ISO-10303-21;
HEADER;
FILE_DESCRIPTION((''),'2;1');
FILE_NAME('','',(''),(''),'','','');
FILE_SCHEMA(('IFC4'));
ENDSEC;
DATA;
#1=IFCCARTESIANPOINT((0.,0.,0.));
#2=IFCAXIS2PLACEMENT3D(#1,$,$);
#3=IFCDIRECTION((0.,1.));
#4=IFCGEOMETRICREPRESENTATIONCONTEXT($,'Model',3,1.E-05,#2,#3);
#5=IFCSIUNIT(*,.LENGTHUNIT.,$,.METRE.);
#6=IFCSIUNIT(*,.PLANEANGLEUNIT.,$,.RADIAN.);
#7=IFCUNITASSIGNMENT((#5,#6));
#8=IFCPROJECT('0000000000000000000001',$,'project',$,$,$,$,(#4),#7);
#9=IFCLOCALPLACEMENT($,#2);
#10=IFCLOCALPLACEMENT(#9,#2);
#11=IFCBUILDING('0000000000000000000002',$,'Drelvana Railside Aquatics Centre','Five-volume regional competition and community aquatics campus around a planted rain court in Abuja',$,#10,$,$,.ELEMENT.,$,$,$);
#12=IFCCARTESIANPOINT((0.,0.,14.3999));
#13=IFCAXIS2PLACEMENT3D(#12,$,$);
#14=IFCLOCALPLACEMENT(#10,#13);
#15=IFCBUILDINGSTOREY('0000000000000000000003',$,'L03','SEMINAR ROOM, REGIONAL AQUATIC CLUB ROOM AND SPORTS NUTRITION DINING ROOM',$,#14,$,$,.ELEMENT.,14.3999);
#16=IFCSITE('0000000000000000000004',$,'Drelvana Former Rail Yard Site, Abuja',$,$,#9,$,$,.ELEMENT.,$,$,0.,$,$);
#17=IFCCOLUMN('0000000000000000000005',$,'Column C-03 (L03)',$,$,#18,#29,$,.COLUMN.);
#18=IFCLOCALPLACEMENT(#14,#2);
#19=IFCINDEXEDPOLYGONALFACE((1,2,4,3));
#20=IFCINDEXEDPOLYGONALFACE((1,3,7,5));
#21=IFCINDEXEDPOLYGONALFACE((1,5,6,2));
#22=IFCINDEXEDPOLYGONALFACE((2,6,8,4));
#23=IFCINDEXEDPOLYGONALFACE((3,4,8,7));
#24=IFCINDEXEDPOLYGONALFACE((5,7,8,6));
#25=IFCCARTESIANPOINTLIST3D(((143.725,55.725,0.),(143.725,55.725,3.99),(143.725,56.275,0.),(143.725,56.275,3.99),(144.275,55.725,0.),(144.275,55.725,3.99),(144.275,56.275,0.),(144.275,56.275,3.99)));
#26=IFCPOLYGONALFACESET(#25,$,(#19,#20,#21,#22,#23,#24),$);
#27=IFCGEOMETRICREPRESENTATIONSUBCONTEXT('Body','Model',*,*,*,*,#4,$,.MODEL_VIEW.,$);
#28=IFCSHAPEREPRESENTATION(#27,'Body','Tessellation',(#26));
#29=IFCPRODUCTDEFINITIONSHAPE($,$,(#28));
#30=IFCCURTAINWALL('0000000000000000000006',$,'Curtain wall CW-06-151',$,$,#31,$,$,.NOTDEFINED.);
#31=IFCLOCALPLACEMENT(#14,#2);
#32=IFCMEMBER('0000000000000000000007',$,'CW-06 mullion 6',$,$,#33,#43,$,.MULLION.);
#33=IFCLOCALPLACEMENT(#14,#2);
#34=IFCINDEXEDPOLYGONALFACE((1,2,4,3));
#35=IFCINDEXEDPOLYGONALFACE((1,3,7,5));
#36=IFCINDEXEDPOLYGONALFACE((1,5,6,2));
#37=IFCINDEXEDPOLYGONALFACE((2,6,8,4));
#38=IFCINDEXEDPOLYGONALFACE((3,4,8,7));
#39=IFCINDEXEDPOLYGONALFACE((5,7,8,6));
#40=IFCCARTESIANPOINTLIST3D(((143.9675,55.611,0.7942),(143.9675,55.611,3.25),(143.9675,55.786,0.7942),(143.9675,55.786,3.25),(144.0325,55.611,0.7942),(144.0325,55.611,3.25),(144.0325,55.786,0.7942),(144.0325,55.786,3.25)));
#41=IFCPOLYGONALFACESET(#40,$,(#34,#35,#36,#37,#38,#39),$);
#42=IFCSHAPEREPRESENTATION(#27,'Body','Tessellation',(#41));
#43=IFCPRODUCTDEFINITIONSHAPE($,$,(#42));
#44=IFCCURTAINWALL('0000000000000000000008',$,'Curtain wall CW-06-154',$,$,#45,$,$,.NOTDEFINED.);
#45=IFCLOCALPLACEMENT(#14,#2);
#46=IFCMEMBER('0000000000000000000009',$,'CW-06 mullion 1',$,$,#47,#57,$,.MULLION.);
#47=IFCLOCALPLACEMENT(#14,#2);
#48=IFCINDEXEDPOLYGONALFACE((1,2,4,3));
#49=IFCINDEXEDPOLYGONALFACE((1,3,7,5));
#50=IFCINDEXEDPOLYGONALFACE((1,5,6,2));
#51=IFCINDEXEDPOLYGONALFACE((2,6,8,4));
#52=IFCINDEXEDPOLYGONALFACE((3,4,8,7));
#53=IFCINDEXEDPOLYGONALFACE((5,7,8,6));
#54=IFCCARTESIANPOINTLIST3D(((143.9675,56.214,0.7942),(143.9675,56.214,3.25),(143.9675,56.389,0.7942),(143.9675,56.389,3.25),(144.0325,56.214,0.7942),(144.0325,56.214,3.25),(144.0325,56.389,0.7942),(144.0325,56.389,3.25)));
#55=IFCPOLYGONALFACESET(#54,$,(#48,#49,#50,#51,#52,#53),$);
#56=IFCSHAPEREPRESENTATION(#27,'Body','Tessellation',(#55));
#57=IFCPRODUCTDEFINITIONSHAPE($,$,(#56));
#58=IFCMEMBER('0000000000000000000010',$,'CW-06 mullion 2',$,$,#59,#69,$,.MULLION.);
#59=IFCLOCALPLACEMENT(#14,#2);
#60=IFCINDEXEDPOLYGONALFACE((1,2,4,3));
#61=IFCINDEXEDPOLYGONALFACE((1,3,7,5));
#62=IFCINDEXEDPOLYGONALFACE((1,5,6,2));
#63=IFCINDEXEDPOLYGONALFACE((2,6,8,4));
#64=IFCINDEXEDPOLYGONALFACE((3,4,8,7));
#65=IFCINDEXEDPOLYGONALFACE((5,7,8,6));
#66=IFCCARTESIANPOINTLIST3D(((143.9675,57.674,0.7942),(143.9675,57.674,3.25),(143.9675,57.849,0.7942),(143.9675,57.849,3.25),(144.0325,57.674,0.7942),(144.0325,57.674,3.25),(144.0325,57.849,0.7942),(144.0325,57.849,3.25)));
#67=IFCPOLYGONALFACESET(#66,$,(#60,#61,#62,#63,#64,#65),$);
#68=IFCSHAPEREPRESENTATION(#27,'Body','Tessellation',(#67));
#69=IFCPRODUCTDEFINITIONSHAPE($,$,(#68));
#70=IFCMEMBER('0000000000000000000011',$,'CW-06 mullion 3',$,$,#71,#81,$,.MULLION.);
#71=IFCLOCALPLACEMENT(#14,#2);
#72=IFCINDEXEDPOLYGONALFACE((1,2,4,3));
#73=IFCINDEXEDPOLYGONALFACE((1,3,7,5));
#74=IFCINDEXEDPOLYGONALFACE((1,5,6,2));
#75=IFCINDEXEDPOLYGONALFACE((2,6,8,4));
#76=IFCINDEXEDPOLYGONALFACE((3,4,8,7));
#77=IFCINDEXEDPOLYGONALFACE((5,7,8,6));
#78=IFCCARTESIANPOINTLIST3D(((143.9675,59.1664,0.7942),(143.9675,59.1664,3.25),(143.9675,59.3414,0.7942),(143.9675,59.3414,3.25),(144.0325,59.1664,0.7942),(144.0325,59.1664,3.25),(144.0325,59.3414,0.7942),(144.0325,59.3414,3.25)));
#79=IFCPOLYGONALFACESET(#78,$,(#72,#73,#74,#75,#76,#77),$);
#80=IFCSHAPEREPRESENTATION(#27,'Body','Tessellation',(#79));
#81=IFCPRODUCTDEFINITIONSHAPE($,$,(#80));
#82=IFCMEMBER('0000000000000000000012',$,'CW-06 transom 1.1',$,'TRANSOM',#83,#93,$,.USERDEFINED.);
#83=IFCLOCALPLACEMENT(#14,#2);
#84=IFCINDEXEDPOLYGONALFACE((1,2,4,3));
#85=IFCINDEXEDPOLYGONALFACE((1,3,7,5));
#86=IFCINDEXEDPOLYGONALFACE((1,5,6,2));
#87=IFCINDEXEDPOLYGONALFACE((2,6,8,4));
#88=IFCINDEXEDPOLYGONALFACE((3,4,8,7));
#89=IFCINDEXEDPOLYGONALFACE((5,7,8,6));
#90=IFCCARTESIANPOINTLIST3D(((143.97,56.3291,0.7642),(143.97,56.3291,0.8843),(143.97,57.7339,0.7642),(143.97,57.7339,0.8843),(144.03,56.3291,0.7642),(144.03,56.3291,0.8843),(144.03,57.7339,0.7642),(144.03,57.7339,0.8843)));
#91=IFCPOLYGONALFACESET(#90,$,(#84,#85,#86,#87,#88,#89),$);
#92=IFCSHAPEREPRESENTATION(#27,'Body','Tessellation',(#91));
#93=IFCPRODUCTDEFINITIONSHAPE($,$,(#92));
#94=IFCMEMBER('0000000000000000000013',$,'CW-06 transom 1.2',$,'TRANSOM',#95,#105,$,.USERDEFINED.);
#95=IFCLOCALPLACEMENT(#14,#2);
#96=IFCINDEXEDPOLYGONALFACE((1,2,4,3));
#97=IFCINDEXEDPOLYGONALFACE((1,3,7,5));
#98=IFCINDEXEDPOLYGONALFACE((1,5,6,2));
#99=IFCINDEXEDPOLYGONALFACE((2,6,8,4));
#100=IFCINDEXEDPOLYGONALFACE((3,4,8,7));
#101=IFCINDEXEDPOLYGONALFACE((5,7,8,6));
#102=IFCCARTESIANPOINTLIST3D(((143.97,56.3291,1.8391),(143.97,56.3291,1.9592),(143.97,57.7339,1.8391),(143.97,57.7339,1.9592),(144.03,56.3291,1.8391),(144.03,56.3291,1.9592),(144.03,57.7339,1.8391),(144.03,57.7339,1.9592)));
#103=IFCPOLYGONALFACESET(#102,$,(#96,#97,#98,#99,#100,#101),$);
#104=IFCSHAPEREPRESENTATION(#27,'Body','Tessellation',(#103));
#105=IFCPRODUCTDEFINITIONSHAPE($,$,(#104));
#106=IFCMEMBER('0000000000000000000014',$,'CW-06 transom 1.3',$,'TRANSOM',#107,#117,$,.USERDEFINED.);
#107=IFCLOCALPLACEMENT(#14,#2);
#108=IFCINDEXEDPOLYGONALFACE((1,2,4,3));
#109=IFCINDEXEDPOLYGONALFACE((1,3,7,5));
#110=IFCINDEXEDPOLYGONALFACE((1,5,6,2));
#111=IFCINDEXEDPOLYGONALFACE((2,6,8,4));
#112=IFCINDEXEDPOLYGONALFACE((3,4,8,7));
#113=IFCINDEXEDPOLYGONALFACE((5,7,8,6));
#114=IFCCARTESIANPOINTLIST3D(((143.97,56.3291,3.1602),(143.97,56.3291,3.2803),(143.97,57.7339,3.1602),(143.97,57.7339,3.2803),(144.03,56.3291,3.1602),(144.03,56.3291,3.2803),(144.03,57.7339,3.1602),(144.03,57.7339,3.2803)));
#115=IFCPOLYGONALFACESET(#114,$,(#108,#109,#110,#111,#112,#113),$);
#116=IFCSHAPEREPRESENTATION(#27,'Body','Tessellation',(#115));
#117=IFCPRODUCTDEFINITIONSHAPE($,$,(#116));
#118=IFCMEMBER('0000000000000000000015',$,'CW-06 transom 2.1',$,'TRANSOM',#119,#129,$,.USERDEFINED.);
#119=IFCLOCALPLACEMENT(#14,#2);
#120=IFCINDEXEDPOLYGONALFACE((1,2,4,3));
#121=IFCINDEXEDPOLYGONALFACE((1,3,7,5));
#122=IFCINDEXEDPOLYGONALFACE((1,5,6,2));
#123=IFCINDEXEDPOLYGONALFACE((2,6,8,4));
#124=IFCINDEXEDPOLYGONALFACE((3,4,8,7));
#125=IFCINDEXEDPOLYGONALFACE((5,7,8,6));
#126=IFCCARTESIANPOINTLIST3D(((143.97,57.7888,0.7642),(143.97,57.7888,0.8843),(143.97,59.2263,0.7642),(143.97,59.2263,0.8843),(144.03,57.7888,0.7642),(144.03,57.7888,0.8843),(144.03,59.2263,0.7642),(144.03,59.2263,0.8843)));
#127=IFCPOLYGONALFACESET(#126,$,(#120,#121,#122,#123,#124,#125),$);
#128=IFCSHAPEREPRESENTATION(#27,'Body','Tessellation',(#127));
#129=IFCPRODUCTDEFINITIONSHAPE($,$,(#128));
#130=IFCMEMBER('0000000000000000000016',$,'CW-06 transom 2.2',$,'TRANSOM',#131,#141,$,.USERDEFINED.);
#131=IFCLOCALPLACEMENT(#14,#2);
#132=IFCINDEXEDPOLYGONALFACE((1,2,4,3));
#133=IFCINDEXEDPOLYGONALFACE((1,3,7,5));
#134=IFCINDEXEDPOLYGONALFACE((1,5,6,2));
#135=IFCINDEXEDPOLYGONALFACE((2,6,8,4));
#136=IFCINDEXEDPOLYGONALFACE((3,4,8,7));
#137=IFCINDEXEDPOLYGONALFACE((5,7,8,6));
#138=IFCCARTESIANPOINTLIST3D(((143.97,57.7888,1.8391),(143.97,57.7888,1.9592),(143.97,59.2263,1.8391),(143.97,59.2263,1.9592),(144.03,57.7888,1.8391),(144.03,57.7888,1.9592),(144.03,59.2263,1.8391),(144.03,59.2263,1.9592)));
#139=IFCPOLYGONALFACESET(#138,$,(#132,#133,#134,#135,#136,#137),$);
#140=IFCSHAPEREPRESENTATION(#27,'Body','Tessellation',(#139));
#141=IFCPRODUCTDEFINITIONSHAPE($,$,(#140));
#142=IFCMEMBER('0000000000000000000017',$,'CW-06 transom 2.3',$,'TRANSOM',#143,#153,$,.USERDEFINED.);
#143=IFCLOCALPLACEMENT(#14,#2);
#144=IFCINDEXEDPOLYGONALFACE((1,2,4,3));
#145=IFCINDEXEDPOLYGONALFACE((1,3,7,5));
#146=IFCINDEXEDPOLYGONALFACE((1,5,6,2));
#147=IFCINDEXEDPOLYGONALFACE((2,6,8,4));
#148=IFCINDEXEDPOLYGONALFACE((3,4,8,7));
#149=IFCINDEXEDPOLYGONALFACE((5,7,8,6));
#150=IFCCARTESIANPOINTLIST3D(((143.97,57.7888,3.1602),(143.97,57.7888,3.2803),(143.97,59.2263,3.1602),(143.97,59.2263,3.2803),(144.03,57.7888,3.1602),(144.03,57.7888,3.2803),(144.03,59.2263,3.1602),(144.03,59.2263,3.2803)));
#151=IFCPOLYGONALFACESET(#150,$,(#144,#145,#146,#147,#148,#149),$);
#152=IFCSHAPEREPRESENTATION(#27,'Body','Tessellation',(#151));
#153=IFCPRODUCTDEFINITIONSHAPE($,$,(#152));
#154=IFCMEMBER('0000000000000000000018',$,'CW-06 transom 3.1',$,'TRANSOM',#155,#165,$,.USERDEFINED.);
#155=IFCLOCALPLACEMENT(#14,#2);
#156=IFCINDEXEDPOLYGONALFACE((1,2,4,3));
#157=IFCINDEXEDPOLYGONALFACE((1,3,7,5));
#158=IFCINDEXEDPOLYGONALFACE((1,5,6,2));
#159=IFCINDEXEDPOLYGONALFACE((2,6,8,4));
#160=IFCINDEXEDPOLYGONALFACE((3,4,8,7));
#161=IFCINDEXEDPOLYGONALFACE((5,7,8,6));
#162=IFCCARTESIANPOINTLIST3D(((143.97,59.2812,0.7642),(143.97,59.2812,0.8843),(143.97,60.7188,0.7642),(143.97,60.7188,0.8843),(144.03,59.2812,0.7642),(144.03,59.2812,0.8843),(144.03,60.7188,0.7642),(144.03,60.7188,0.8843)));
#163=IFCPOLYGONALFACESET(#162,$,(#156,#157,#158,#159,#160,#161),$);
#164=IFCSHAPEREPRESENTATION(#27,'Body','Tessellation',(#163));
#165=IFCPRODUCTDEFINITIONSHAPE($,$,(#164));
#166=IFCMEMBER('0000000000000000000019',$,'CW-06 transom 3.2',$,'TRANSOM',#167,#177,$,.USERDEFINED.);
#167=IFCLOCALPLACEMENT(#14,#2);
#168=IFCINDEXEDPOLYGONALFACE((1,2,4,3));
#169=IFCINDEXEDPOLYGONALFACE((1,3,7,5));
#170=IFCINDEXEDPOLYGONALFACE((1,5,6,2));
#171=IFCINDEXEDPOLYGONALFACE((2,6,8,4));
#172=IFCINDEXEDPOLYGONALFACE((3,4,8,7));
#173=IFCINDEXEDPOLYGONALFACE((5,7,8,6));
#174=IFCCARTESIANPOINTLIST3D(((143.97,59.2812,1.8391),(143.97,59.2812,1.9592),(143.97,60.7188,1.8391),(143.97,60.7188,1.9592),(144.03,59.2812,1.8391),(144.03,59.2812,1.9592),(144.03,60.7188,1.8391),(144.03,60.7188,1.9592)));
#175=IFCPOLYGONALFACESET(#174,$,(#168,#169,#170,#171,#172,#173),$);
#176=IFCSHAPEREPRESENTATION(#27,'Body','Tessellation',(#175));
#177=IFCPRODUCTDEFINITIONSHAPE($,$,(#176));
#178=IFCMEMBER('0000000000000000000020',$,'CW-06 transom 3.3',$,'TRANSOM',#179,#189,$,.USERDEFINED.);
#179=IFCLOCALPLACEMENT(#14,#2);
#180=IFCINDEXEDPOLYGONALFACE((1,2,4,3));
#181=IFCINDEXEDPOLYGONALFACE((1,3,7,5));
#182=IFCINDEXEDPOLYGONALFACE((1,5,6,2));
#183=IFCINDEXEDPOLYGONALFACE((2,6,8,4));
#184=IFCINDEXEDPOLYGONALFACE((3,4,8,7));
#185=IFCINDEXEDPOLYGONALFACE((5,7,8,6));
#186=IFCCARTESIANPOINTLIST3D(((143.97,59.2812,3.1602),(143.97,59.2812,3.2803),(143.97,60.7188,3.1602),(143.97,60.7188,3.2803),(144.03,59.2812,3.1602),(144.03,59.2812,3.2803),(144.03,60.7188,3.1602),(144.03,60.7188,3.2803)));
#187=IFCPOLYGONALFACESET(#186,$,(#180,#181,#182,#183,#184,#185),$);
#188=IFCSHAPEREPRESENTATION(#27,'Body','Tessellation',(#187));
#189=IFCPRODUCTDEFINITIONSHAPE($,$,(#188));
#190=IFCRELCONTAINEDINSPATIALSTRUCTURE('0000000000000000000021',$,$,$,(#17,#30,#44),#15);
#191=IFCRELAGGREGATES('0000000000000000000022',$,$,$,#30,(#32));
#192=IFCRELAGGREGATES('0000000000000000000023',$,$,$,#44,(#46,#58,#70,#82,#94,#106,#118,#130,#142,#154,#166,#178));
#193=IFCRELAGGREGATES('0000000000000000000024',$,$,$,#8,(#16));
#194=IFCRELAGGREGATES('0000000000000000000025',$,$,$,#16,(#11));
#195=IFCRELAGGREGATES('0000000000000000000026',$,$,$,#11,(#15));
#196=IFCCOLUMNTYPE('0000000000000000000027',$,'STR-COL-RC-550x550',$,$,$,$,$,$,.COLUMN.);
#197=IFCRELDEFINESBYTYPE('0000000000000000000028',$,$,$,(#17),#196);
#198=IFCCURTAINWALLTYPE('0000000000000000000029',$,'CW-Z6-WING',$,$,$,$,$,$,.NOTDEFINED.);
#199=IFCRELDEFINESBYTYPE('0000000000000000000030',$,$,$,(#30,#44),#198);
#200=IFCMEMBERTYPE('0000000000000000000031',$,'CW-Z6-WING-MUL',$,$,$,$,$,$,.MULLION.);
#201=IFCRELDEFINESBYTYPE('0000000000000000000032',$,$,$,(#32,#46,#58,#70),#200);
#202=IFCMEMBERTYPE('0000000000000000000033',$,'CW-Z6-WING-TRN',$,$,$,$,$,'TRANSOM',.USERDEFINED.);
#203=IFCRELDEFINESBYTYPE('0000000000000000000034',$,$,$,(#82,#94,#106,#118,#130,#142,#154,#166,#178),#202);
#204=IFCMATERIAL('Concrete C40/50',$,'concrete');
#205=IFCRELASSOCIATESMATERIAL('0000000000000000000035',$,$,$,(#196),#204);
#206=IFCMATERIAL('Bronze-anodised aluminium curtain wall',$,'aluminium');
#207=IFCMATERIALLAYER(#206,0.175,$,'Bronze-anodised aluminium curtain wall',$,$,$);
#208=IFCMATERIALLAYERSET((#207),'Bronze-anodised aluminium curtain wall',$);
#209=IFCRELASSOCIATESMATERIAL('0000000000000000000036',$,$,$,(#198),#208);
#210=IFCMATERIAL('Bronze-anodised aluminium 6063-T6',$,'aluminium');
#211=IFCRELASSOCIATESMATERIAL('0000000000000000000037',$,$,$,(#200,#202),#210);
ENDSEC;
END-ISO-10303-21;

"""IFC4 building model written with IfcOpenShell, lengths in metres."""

from ifc_helpers import new_model, si_unit, direction, frame, origin, origin_2d, place, context, subcontext, project, spatial, rectangle, extrude, material, layer, layer_set, material_profile, profile_set, type_object, element, aggregate, save


model = new_model("IFC4")

# Units and contexts
model_context = context("Model", 3, precision=1e-05, world=origin(), true_north=direction((0.0, 1.0)))
body_context = subcontext(model_context, "Body", "Model", "MODEL_VIEW")
ifc_project = project(units=[si_unit("LENGTHUNIT", "METRE"), si_unit("PLANEANGLEUNIT", "RADIAN")], contexts=[model_context])

# Site, building, storey
site_placement = place(None, origin())
site = spatial("IfcSite", under=ifc_project, at=site_placement, Name="Drelvana Former Rail Yard Site, Abuja", CompositionType="ELEMENT", RefElevation=0.0)
building_placement = place(site_placement, origin())
building = spatial("IfcBuilding", under=site, at=building_placement, Name="Drelvana Railside Aquatics Centre", Description="Five-volume regional competition and community aquatics campus around a planted rain court in Abuja", CompositionType="ELEMENT")
storey_placement = place(building_placement, frame((0.0, 0.0, 14.3999)))
storey = spatial("IfcBuildingStorey", under=building, at=storey_placement, Name="L03", Description="SEMINAR ROOM, REGIONAL AQUATIC CLUB ROOM AND SPORTS NUTRITION DINING ROOM", CompositionType="ELEMENT", Elevation=14.3999)

# Column
ifc_material_1 = material(Name="Concrete C40/50", Category="concrete")
ifc_material_profile_1 = material_profile(ifc_material_1, rectangle(XDim=0.55, YDim=0.55, at=origin_2d()), Name="RC 550x550")
ifc_profile_set_1 = profile_set([ifc_material_profile_1], Name="Concrete C40/50")
column_type = type_object("IfcColumnType", Name="STR-COL-RC-550x550", PredefinedType="COLUMN", material=ifc_profile_set_1)
column_placement = place(storey_placement, frame((144.0, 56.0, 0.0), z_axis=(0.0, 0.0, 1.0), x_axis=(1.0, 0.0, 0.0)))
element("IfcColumn", 1, at=column_placement, inside=storey, type_object=column_type, Name="Column C-03 (L03)", PredefinedType="COLUMN", context=body_context, shape_type="SweptSolid", body=[
    extrude(rectangle(XDim=0.55, YDim=0.55, at=origin_2d()), origin(), (0.0, 0.0, 1.0), 3.99),
])

# Curtain wall, member
ifc_material_2 = material(Name="Bronze-anodised aluminium curtain wall", Category="aluminium")
ifc_layer_1 = layer(ifc_material_2, 0.175, Name="Bronze-anodised aluminium curtain wall")
ifc_layer_set_1 = layer_set([ifc_layer_1], Name="Bronze-anodised aluminium curtain wall")
curtain_wall_type = type_object("IfcCurtainWallType", Name="CW-Z6-WING", PredefinedType="NOTDEFINED", material=ifc_layer_set_1)
curtain_wall_1_placement = place(storey_placement, origin())
curtain_wall_1 = element("IfcCurtainWall", 2, at=curtain_wall_1_placement, inside=storey, type_object=curtain_wall_type, Name="Curtain wall CW-06-151", PredefinedType="NOTDEFINED")
ifc_material_3 = material(Name="Bronze-anodised aluminium 6063-T6", Category="aluminium")
ifc_material_profile_2 = material_profile(ifc_material_3, rectangle(XDim=0.0649, YDim=0.175, at=origin_2d()), Name="ALU-M 65x175")
ifc_profile_set_2 = profile_set([ifc_material_profile_2], Name="Bronze-anodised aluminium 6063-T6")
member_type_1 = type_object("IfcMemberType", Name="CW-Z6-WING-MUL", PredefinedType="MULLION", material=ifc_profile_set_2)
member_1_placement = place(storey_placement, frame((144.0, 55.6985, 0.7942), z_axis=(0.0, 0.0, 1.0), x_axis=(-1.0, 0.0, 0.0)))
member_1 = element("IfcMember", 3, at=member_1_placement, type_object=member_type_1, Name="CW-06 mullion 6", PredefinedType="MULLION", context=body_context, shape_type="SweptSolid", body=[
    extrude(rectangle(XDim=0.0649, YDim=0.175, at=origin_2d()), origin(), (0.0, 0.0, 1.0), 2.4558),
])
aggregate(curtain_wall_1, [member_1])

# Curtain wall, members
curtain_wall_2_placement = place(storey_placement, origin())
curtain_wall_2 = element("IfcCurtainWall", 4, at=curtain_wall_2_placement, inside=storey, type_object=curtain_wall_type, Name="Curtain wall CW-06-154", PredefinedType="NOTDEFINED")
member_2_placement = place(storey_placement, frame((144.0, 56.3015, 0.7942), z_axis=(0.0, 0.0, 1.0), x_axis=(-1.0, 0.0, 0.0)))
member_2 = element("IfcMember", 5, at=member_2_placement, type_object=member_type_1, Name="CW-06 mullion 1", PredefinedType="MULLION", context=body_context, shape_type="SweptSolid", body=[
    extrude(rectangle(XDim=0.0649, YDim=0.175, at=origin_2d()), origin(), (0.0, 0.0, 1.0), 2.4558),
])
member_3_placement = place(storey_placement, frame((144.0, 57.7615, 0.7942), z_axis=(0.0, 0.0, 1.0), x_axis=(-1.0, 0.0, 0.0)))
member_3 = element("IfcMember", 6, at=member_3_placement, type_object=member_type_1, Name="CW-06 mullion 2", PredefinedType="MULLION", context=body_context, shape_type="SweptSolid", body=[
    extrude(rectangle(XDim=0.0649, YDim=0.175, at=origin_2d()), origin(), (0.0, 0.0, 1.0), 2.4558),
])
member_4_placement = place(storey_placement, frame((144.0, 59.2539, 0.7942), z_axis=(0.0, 0.0, 1.0), x_axis=(-1.0, 0.0, 0.0)))
member_4 = element("IfcMember", 7, at=member_4_placement, type_object=member_type_1, Name="CW-06 mullion 3", PredefinedType="MULLION", context=body_context, shape_type="SweptSolid", body=[
    extrude(rectangle(XDim=0.0649, YDim=0.175, at=origin_2d()), origin(), (0.0, 0.0, 1.0), 2.4558),
])
ifc_material_profile_3 = material_profile(ifc_material_3, rectangle(XDim=0.1201, YDim=0.0601, at=origin_2d()), Name="ALU-T 60x120")
ifc_profile_set_3 = profile_set([ifc_material_profile_3], Name="Bronze-anodised aluminium 6063-T6")
member_type_2 = type_object("IfcMemberType", Name="CW-Z6-WING-TRN", ElementType="TRANSOM", PredefinedType="USERDEFINED", material=ifc_profile_set_3)
member_5_placement = place(storey_placement, frame((144.0, 56.3291, 0.8242), z_axis=(0.0, 1.0, 0.0), x_axis=(0.0, 0.0, 1.0)))
member_5 = element("IfcMember", 8, at=member_5_placement, type_object=member_type_2, Name="CW-06 transom 1.1", ObjectType="TRANSOM", PredefinedType="USERDEFINED", context=body_context, shape_type="SweptSolid", body=[
    extrude(rectangle(XDim=0.1201, YDim=0.0601, at=origin_2d()), origin(), (0.0, 0.0, 1.0), 1.4048),
])
member_6_placement = place(storey_placement, frame((144.0, 56.3291, 1.8992), z_axis=(0.0, 1.0, 0.0), x_axis=(0.0, 0.0, 1.0)))
member_6 = element("IfcMember", 9, at=member_6_placement, type_object=member_type_2, Name="CW-06 transom 1.2", ObjectType="TRANSOM", PredefinedType="USERDEFINED", context=body_context, shape_type="SweptSolid", body=[
    extrude(rectangle(XDim=0.1201, YDim=0.0601, at=origin_2d()), origin(), (0.0, 0.0, 1.0), 1.4048),
])
member_7_placement = place(storey_placement, frame((144.0, 56.3291, 3.2202), z_axis=(0.0, 1.0, 0.0), x_axis=(0.0, 0.0, 1.0)))
member_7 = element("IfcMember", 10, at=member_7_placement, type_object=member_type_2, Name="CW-06 transom 1.3", ObjectType="TRANSOM", PredefinedType="USERDEFINED", context=body_context, shape_type="SweptSolid", body=[
    extrude(rectangle(XDim=0.1201, YDim=0.0601, at=origin_2d()), origin(), (0.0, 0.0, 1.0), 1.4048),
])
member_8_placement = place(storey_placement, frame((144.0, 57.7888, 0.8242), z_axis=(0.0, 1.0, 0.0), x_axis=(0.0, 0.0, 1.0)))
member_8 = element("IfcMember", 11, at=member_8_placement, type_object=member_type_2, Name="CW-06 transom 2.1", ObjectType="TRANSOM", PredefinedType="USERDEFINED", context=body_context, shape_type="SweptSolid", body=[
    extrude(rectangle(XDim=0.1201, YDim=0.0601, at=origin_2d()), origin(), (0.0, 0.0, 1.0), 1.4375),
])
member_9_placement = place(storey_placement, frame((144.0, 57.7888, 1.8992), z_axis=(0.0, 1.0, 0.0), x_axis=(0.0, 0.0, 1.0)))
member_9 = element("IfcMember", 12, at=member_9_placement, type_object=member_type_2, Name="CW-06 transom 2.2", ObjectType="TRANSOM", PredefinedType="USERDEFINED", context=body_context, shape_type="SweptSolid", body=[
    extrude(rectangle(XDim=0.1201, YDim=0.0601, at=origin_2d()), origin(), (0.0, 0.0, 1.0), 1.4375),
])
member_10_placement = place(storey_placement, frame((144.0, 57.7888, 3.2202), z_axis=(0.0, 1.0, 0.0), x_axis=(0.0, 0.0, 1.0)))
member_10 = element("IfcMember", 13, at=member_10_placement, type_object=member_type_2, Name="CW-06 transom 2.3", ObjectType="TRANSOM", PredefinedType="USERDEFINED", context=body_context, shape_type="SweptSolid", body=[
    extrude(rectangle(XDim=0.1201, YDim=0.0601, at=origin_2d()), origin(), (0.0, 0.0, 1.0), 1.4375),
])
member_11_placement = place(storey_placement, frame((144.0, 59.2812, 0.8242), z_axis=(0.0, 1.0, 0.0), x_axis=(0.0, 0.0, 1.0)))
member_11 = element("IfcMember", 14, at=member_11_placement, type_object=member_type_2, Name="CW-06 transom 3.1", ObjectType="TRANSOM", PredefinedType="USERDEFINED", context=body_context, shape_type="SweptSolid", body=[
    extrude(rectangle(XDim=0.1201, YDim=0.0601, at=origin_2d()), origin(), (0.0, 0.0, 1.0), 1.4375),
])
member_12_placement = place(storey_placement, frame((144.0, 59.2812, 1.8992), z_axis=(0.0, 1.0, 0.0), x_axis=(0.0, 0.0, 1.0)))
member_12 = element("IfcMember", 15, at=member_12_placement, type_object=member_type_2, Name="CW-06 transom 3.2", ObjectType="TRANSOM", PredefinedType="USERDEFINED", context=body_context, shape_type="SweptSolid", body=[
    extrude(rectangle(XDim=0.1201, YDim=0.0601, at=origin_2d()), origin(), (0.0, 0.0, 1.0), 1.4375),
])
member_13_placement = place(storey_placement, frame((144.0, 59.2812, 3.2202), z_axis=(0.0, 1.0, 0.0), x_axis=(0.0, 0.0, 1.0)))
member_13 = element("IfcMember", 16, at=member_13_placement, type_object=member_type_2, Name="CW-06 transom 3.3", ObjectType="TRANSOM", PredefinedType="USERDEFINED", context=body_context, shape_type="SweptSolid", body=[
    extrude(rectangle(XDim=0.1201, YDim=0.0601, at=origin_2d()), origin(), (0.0, 0.0, 1.0), 1.4375),
])

aggregate(curtain_wall_2, [member_2, member_3, member_4, member_5, member_6, member_7, member_8, member_9, member_10, member_11, member_12, member_13])

save(model, "model.ifc")
